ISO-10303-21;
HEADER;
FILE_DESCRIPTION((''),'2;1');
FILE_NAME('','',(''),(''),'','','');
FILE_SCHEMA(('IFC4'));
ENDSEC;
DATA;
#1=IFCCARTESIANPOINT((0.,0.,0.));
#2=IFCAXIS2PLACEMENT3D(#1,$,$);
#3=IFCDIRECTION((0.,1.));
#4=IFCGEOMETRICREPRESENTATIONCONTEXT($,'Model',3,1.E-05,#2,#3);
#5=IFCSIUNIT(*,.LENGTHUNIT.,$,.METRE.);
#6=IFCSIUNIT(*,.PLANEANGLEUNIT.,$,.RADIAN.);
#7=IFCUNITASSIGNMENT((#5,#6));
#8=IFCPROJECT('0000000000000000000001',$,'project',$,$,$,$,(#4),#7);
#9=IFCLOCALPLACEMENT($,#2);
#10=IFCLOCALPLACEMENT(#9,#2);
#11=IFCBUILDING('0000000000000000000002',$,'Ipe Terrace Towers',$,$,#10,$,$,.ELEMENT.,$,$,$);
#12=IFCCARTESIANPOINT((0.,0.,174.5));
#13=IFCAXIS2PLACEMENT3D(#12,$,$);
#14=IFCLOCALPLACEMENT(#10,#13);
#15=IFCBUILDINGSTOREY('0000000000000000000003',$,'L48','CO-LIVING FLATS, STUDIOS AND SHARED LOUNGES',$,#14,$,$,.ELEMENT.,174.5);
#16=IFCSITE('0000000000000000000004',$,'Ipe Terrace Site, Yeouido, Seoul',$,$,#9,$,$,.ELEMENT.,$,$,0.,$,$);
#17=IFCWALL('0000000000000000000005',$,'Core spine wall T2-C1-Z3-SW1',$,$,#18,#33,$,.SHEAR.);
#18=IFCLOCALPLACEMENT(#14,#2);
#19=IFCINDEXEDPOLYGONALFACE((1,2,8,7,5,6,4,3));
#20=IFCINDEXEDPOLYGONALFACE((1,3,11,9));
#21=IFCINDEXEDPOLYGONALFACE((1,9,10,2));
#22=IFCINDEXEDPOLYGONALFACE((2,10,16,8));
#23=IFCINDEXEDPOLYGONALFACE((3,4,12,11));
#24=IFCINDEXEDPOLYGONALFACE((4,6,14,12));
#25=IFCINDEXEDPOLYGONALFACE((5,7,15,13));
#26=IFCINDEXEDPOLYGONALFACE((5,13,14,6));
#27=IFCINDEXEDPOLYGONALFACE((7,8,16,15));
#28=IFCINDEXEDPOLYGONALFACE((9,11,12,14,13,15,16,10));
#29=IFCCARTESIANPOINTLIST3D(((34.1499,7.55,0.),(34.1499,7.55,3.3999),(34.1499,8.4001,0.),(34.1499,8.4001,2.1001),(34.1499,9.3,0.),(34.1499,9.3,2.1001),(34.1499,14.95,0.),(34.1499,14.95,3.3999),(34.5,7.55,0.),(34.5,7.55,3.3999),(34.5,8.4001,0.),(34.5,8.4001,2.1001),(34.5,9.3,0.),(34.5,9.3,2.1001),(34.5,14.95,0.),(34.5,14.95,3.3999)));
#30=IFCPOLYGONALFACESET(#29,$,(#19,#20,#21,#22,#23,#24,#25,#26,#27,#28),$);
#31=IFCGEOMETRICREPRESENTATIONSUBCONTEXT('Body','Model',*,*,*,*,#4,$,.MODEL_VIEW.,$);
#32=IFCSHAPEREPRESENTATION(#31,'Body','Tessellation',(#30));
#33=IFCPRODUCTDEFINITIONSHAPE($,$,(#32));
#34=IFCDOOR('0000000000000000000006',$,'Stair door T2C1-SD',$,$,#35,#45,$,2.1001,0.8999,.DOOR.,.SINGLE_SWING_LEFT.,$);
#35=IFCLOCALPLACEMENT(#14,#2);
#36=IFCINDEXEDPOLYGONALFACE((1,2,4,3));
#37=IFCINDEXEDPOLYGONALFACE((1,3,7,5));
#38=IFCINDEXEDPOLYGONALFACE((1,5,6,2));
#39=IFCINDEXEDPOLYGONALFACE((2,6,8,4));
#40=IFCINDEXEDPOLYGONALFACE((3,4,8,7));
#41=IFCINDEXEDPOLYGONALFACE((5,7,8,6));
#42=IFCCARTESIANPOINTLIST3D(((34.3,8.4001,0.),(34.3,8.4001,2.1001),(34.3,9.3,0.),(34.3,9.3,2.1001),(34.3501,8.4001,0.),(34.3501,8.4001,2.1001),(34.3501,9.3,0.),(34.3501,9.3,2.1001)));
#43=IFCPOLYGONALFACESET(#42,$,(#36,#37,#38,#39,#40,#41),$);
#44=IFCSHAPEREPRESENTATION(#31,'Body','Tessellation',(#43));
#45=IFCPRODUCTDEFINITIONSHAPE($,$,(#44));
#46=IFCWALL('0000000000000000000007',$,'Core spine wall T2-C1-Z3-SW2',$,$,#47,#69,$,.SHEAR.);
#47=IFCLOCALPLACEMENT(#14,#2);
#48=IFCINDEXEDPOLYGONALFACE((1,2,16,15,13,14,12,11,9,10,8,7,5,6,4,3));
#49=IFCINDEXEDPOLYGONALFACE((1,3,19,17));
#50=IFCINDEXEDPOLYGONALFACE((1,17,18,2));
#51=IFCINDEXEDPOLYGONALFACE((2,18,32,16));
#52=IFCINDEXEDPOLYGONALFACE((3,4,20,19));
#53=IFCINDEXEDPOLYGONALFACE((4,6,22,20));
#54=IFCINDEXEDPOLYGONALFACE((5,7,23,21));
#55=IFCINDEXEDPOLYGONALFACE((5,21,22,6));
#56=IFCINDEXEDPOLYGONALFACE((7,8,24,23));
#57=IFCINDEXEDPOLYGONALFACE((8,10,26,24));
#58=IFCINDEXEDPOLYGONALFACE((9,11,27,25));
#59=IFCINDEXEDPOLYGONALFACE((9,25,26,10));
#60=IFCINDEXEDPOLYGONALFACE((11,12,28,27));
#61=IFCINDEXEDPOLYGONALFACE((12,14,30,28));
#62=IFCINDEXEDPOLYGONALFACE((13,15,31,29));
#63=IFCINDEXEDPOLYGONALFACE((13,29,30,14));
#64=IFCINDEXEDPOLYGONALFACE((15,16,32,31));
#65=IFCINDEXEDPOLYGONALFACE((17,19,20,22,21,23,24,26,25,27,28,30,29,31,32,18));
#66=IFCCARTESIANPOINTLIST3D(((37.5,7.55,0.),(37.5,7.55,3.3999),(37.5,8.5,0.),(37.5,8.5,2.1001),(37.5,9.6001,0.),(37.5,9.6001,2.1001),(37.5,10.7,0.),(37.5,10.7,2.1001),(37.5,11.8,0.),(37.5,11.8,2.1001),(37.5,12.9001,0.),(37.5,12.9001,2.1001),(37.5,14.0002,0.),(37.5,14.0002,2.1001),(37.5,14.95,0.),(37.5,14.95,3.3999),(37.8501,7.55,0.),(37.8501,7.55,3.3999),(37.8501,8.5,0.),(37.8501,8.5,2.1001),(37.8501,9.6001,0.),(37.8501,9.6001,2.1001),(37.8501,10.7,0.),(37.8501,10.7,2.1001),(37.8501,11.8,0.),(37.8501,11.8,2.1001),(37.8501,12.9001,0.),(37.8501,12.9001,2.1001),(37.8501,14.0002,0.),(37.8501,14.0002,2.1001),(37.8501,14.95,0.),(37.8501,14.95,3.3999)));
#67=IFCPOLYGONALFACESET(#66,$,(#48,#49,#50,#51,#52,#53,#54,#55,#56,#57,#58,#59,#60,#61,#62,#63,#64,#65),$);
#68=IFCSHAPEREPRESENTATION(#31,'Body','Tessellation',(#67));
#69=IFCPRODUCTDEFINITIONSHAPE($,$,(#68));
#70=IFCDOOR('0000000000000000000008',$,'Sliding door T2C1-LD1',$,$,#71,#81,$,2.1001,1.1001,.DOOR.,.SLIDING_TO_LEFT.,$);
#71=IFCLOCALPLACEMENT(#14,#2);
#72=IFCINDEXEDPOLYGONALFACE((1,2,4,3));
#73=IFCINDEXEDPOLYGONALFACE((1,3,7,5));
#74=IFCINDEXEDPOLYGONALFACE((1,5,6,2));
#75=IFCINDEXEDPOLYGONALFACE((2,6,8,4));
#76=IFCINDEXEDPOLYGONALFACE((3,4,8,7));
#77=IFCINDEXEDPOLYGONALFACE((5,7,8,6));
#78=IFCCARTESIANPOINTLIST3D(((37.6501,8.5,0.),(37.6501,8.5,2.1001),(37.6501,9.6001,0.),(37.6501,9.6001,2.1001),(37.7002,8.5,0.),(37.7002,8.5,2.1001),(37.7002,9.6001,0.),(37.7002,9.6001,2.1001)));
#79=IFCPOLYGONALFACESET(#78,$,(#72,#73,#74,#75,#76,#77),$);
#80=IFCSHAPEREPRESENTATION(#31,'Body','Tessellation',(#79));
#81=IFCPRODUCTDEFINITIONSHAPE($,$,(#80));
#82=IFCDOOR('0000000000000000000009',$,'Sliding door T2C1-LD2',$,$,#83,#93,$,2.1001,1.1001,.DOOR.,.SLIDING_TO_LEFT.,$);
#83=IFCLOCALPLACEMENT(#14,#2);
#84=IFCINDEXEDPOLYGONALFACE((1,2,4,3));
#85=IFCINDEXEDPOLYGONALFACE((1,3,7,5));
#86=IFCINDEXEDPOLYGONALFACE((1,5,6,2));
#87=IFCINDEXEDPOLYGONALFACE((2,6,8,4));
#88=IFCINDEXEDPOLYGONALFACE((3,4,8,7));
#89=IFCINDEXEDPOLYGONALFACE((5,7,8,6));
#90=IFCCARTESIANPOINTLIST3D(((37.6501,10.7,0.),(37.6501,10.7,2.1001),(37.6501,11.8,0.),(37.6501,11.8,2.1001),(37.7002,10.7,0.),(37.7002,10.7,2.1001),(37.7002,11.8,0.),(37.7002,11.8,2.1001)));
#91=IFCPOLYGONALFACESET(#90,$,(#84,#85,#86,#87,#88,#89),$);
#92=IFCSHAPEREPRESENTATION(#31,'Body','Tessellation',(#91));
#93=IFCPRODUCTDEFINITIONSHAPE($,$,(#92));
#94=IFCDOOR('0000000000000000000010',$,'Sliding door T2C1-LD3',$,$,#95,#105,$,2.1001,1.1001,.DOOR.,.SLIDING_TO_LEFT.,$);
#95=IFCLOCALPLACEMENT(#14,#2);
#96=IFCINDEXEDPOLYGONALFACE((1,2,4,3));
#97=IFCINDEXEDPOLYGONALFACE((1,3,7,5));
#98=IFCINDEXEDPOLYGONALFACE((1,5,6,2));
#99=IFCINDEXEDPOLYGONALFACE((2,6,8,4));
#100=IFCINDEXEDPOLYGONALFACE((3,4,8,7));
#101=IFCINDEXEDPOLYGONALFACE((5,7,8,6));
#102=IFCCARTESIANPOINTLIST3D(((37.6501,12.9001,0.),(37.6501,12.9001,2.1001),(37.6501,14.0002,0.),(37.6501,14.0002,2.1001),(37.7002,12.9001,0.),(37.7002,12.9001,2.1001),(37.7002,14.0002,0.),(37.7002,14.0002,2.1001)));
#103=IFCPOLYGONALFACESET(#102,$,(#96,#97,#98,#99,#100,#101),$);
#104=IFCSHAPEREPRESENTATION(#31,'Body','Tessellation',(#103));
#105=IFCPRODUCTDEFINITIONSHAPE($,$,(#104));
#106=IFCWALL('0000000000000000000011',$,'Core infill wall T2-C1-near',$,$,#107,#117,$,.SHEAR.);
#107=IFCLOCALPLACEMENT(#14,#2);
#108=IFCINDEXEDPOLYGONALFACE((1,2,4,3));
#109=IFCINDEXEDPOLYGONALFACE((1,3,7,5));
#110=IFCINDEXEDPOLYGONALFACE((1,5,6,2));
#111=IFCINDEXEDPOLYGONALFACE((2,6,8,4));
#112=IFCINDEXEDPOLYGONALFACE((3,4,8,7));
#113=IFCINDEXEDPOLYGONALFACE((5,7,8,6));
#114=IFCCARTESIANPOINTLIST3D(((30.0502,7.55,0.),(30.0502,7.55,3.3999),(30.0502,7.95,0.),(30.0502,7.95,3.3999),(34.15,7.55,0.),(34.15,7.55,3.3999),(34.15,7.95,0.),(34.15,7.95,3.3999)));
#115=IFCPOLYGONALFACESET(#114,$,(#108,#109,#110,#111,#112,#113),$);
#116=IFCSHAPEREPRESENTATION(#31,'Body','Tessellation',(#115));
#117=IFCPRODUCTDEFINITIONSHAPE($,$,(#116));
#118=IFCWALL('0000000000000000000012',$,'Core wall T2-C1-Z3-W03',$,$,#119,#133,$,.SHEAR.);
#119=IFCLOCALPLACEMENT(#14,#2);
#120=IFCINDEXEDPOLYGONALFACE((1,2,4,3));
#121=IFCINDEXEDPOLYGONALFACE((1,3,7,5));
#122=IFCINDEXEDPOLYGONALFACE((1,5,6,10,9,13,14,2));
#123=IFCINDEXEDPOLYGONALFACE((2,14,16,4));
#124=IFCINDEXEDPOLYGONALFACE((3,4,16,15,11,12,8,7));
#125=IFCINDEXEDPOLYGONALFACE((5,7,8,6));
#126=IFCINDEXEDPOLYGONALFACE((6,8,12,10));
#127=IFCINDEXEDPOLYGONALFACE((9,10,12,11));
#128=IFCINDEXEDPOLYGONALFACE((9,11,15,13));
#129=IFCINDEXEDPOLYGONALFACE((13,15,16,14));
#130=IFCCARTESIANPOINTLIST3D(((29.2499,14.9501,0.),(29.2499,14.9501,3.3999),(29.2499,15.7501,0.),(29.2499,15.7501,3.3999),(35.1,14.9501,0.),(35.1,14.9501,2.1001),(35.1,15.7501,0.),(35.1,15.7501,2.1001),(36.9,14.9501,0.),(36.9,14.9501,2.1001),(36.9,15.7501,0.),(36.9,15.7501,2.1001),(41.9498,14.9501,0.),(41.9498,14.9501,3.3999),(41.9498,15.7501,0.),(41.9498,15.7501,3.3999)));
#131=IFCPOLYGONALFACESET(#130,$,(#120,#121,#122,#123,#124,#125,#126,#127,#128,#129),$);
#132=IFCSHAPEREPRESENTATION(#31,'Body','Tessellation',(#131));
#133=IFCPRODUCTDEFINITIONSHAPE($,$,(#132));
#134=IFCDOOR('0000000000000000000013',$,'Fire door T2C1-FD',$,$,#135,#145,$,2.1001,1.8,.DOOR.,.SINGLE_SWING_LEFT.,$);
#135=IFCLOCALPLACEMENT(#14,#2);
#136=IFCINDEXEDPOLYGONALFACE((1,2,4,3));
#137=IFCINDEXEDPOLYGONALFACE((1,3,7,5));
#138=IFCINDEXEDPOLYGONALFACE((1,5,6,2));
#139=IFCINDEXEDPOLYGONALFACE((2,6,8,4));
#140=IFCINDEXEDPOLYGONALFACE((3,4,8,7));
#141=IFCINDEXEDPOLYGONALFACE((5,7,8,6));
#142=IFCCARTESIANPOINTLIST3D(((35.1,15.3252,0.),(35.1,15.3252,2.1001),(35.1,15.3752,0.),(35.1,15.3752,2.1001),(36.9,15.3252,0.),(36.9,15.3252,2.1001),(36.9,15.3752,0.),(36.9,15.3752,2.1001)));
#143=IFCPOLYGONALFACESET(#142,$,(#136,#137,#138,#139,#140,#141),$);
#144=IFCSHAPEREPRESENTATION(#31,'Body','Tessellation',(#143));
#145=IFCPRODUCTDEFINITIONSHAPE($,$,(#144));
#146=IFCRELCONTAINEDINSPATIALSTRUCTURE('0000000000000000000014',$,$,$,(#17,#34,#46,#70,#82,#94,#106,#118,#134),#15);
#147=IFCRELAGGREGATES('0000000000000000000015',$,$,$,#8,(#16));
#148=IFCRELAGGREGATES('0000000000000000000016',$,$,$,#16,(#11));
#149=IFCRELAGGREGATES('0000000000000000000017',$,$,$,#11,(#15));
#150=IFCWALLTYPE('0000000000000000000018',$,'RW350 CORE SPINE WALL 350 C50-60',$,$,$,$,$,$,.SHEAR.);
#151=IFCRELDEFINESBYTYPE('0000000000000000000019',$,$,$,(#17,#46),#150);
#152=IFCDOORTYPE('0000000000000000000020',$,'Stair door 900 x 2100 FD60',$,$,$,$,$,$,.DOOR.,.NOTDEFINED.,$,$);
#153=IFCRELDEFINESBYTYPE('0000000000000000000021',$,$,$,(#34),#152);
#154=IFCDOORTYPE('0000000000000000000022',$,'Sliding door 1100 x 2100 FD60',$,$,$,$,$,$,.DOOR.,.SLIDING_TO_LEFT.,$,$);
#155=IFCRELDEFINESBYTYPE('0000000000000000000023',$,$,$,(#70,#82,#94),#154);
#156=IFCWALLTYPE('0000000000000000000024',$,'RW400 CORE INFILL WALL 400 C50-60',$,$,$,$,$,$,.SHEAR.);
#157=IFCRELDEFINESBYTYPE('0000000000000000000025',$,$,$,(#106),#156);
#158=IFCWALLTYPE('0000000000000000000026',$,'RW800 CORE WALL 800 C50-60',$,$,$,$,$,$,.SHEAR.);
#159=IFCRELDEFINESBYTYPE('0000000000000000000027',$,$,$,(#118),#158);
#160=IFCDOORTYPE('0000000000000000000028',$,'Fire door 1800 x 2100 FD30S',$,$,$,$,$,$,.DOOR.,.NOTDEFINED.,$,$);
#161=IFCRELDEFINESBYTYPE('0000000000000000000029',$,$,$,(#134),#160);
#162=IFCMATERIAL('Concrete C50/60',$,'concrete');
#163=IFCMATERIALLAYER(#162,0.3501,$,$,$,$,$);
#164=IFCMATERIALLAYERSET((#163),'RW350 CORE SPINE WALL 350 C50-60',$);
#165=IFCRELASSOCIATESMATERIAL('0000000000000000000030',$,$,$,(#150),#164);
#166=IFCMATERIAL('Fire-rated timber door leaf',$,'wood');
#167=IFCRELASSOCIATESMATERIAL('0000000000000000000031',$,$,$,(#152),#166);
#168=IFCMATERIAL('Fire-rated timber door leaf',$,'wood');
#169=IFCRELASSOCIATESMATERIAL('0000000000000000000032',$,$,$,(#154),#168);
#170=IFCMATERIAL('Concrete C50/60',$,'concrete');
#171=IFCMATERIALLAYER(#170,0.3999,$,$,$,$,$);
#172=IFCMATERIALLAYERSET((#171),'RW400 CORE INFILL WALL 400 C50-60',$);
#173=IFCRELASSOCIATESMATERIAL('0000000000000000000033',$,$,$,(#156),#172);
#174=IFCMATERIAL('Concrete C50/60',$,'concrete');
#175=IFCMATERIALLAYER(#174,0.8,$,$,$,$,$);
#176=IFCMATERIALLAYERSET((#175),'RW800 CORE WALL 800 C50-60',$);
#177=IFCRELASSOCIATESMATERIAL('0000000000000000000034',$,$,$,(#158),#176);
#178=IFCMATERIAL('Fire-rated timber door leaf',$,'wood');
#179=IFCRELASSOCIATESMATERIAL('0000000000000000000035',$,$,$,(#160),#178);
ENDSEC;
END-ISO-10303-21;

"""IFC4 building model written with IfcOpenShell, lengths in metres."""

from ifc_helpers import new_model, si_unit, direction, frame, frame_2d, origin, place, context, subcontext, project, spatial, rectangle, extrude, material, layer, layer_set, type_object, element, fill, save


model = new_model("IFC4")

# Units and contexts
model_context = context("Model", 3, precision=1e-05, world=origin(), true_north=direction((0.0, 1.0)))
body_context = subcontext(model_context, "Body", "Model", "MODEL_VIEW")
ifc_project = project(units=[si_unit("LENGTHUNIT", "METRE"), si_unit("PLANEANGLEUNIT", "RADIAN")], contexts=[model_context])

# Site, building, storey
site_placement = place(None, origin())
site = spatial("IfcSite", under=ifc_project, at=site_placement, Name="Ipe Terrace Site, Yeouido, Seoul", CompositionType="ELEMENT", RefElevation=0.0)
building_placement = place(site_placement, origin())
building = spatial("IfcBuilding", under=site, at=building_placement, Name="Ipe Terrace Towers", CompositionType="ELEMENT")
storey_placement = place(building_placement, frame((0.0, 0.0, 174.5)))
storey = spatial("IfcBuildingStorey", under=building, at=storey_placement, Name="L48", Description="CO-LIVING FLATS, STUDIOS AND SHARED LOUNGES", CompositionType="ELEMENT", Elevation=174.5)

# Wall, opening, door
ifc_material_1 = material(Name="Concrete C50/60", Category="concrete")
ifc_layer_1 = layer(ifc_material_1, 0.3501)
ifc_layer_set_1 = layer_set([ifc_layer_1], Name="RW350 CORE SPINE WALL 350 C50-60")
wall_type_1 = type_object("IfcWallType", Name="RW350 CORE SPINE WALL 350 C50-60", PredefinedType="SHEAR", material=ifc_layer_set_1)
wall_1_placement = place(storey_placement, frame((34.325, 7.55, 0.0), z_axis=(0.0, 0.0, 1.0), x_axis=(0.0, 1.0, 0.0)))
wall_1 = element("IfcWall", 1, at=wall_1_placement, inside=storey, type_object=wall_type_1, Name="Core spine wall T2-C1-Z3-SW1", PredefinedType="SHEAR", context=body_context, shape_type="SweptSolid", body=[
    extrude(rectangle(XDim=7.3999, YDim=0.3501, at=frame_2d((3.7, 0.0))), origin(), (0.0, 0.0, 1.0), 3.3999),
])
opening_1_placement = place(wall_1_placement, frame((0.8501, 0.0, 0.0)))
opening_1 = element("IfcOpeningElement", 2, at=opening_1_placement, cuts=wall_1, PredefinedType="OPENING", context=body_context, shape_type="SweptSolid", body=[
    extrude(rectangle(XDim=0.8999, YDim=2.1001, at=frame_2d((0.45, 1.05))), frame((0.0, 0.1851, 0.0), z_axis=(0.0, -1.0, 0.0), x_axis=(1.0, 0.0, 0.0)), (0.0, 0.0, 1.0), 0.3701),
])
ifc_material_2 = material(Name="Fire-rated timber door leaf", Category="wood")
door_type_1 = type_object("IfcDoorType", Name="Stair door 900 x 2100 FD60", OperationType="NOTDEFINED", PredefinedType="DOOR", material=ifc_material_2)
door_1_placement = place(opening_1_placement, origin())
door_1 = element("IfcDoor", 3, at=door_1_placement, inside=storey, type_object=door_type_1, Name="Stair door T2C1-SD", OperationType="SINGLE_SWING_LEFT", OverallHeight=2.1001, OverallWidth=0.8999, PredefinedType="DOOR", context=body_context, shape_type="SweptSolid", body=[
    extrude(rectangle(XDim=0.8999, YDim=2.1001, at=frame_2d((0.45, 1.05))), frame((0.0, 0.0249, 0.0), z_axis=(0.0, -1.0, 0.0), x_axis=(1.0, 0.0, 0.0)), (0.0, 0.0, 1.0), 0.05),
])
fill(opening_1, door_1)

# Wall, openings, doors
wall_2_placement = place(storey_placement, frame((37.675, 7.55, 0.0), z_axis=(0.0, 0.0, 1.0), x_axis=(0.0, 1.0, 0.0)))
wall_2 = element("IfcWall", 4, at=wall_2_placement, inside=storey, type_object=wall_type_1, Name="Core spine wall T2-C1-Z3-SW2", PredefinedType="SHEAR", context=body_context, shape_type="SweptSolid", body=[
    extrude(rectangle(XDim=7.3999, YDim=0.3501, at=frame_2d((3.7, 0.0))), origin(), (0.0, 0.0, 1.0), 3.3999),
])
opening_2_placement = place(wall_2_placement, frame((0.95, 0.0, 0.0)))
opening_2 = element("IfcOpeningElement", 5, at=opening_2_placement, cuts=wall_2, PredefinedType="OPENING", context=body_context, shape_type="SweptSolid", body=[
    extrude(rectangle(XDim=1.1001, YDim=2.1001, at=frame_2d((0.55, 1.05))), frame((0.0, 0.1851, 0.0), z_axis=(0.0, -1.0, 0.0), x_axis=(1.0, 0.0, 0.0)), (0.0, 0.0, 1.0), 0.3701),
])
opening_3_placement = place(wall_2_placement, frame((3.1499, 0.0, 0.0)))
opening_3 = element("IfcOpeningElement", 6, at=opening_3_placement, cuts=wall_2, PredefinedType="OPENING", context=body_context, shape_type="SweptSolid", body=[
    extrude(rectangle(XDim=1.1001, YDim=2.1001, at=frame_2d((0.55, 1.05))), frame((0.0, 0.1851, 0.0), z_axis=(0.0, -1.0, 0.0), x_axis=(1.0, 0.0, 0.0)), (0.0, 0.0, 1.0), 0.3701),
])
opening_4_placement = place(wall_2_placement, frame((5.3501, 0.0, 0.0)))
opening_4 = element("IfcOpeningElement", 7, at=opening_4_placement, cuts=wall_2, PredefinedType="OPENING", context=body_context, shape_type="SweptSolid", body=[
    extrude(rectangle(XDim=1.1001, YDim=2.1001, at=frame_2d((0.55, 1.05))), frame((0.0, 0.1851, 0.0), z_axis=(0.0, -1.0, 0.0), x_axis=(1.0, 0.0, 0.0)), (0.0, 0.0, 1.0), 0.3701),
])
ifc_material_3 = material(Name="Fire-rated timber door leaf", Category="wood")
door_type_2 = type_object("IfcDoorType", Name="Sliding door 1100 x 2100 FD60", OperationType="SLIDING_TO_LEFT", PredefinedType="DOOR", material=ifc_material_3)
door_2_placement = place(opening_2_placement, origin())
door_2 = element("IfcDoor", 8, at=door_2_placement, inside=storey, type_object=door_type_2, Name="Sliding door T2C1-LD1", OperationType="SLIDING_TO_LEFT", OverallHeight=2.1001, OverallWidth=1.1001, PredefinedType="DOOR", context=body_context, shape_type="SweptSolid", body=[
    extrude(rectangle(XDim=1.1001, YDim=2.1001, at=frame_2d((0.55, 1.05))), frame((0.0, 0.0249, 0.0), z_axis=(0.0, -1.0, 0.0), x_axis=(1.0, 0.0, 0.0)), (0.0, 0.0, 1.0), 0.05),
])
fill(opening_2, door_2)
door_3_placement = place(opening_3_placement, origin())
door_3 = element("IfcDoor", 9, at=door_3_placement, inside=storey, type_object=door_type_2, Name="Sliding door T2C1-LD2", OperationType="SLIDING_TO_LEFT", OverallHeight=2.1001, OverallWidth=1.1001, PredefinedType="DOOR", context=body_context, shape_type="SweptSolid", body=[
    extrude(rectangle(XDim=1.1001, YDim=2.1001, at=frame_2d((0.55, 1.05))), frame((0.0, 0.0249, 0.0), z_axis=(0.0, -1.0, 0.0), x_axis=(1.0, 0.0, 0.0)), (0.0, 0.0, 1.0), 0.05),
])
fill(opening_3, door_3)
door_4_placement = place(opening_4_placement, origin())
door_4 = element("IfcDoor", 10, at=door_4_placement, inside=storey, type_object=door_type_2, Name="Sliding door T2C1-LD3", OperationType="SLIDING_TO_LEFT", OverallHeight=2.1001, OverallWidth=1.1001, PredefinedType="DOOR", context=body_context, shape_type="SweptSolid", body=[
    extrude(rectangle(XDim=1.1001, YDim=2.1001, at=frame_2d((0.55, 1.05))), frame((0.0, 0.0249, 0.0), z_axis=(0.0, -1.0, 0.0), x_axis=(1.0, 0.0, 0.0)), (0.0, 0.0, 1.0), 0.05),
])
fill(opening_4, door_4)

# Wall
ifc_material_4 = material(Name="Concrete C50/60", Category="concrete")
ifc_layer_2 = layer(ifc_material_4, 0.3999)
ifc_layer_set_2 = layer_set([ifc_layer_2], Name="RW400 CORE INFILL WALL 400 C50-60")
wall_type_2 = type_object("IfcWallType", Name="RW400 CORE INFILL WALL 400 C50-60", PredefinedType="SHEAR", material=ifc_layer_set_2)
wall_3_placement = place(storey_placement, frame((34.1499, 7.75, 0.0), z_axis=(0.0, 0.0, 1.0), x_axis=(-1.0, 0.0, 0.0)))
element("IfcWall", 11, at=wall_3_placement, inside=storey, type_object=wall_type_2, Name="Core infill wall T2-C1-near", PredefinedType="SHEAR", context=body_context, shape_type="SweptSolid", body=[
    extrude(rectangle(XDim=4.0999, YDim=0.3999, at=frame_2d((2.0498, 0.0))), origin(), (0.0, 0.0, 1.0), 3.3999),
])

# Wall, opening, door
ifc_material_5 = material(Name="Concrete C50/60", Category="concrete")
ifc_layer_3 = layer(ifc_material_5, 0.8)
ifc_layer_set_3 = layer_set([ifc_layer_3], Name="RW800 CORE WALL 800 C50-60")
wall_type_3 = type_object("IfcWallType", Name="RW800 CORE WALL 800 C50-60", PredefinedType="SHEAR", material=ifc_layer_set_3)
wall_4_placement = place(storey_placement, frame((41.95, 15.3501, 0.0), z_axis=(0.0, 0.0, 1.0), x_axis=(-1.0, 0.0, 0.0)))
wall_4 = element("IfcWall", 12, at=wall_4_placement, inside=storey, type_object=wall_type_3, Name="Core wall T2-C1-Z3-W03", PredefinedType="SHEAR", context=body_context, shape_type="SweptSolid", body=[
    extrude(rectangle(XDim=12.7, YDim=0.8, at=frame_2d((6.3501, 0.0))), origin(), (0.0, 0.0, 1.0), 3.3999),
])
opening_5_placement = place(wall_4_placement, frame((5.05, 0.0, 0.0)))
opening_5 = element("IfcOpeningElement", 13, at=opening_5_placement, cuts=wall_4, PredefinedType="OPENING", context=body_context, shape_type="SweptSolid", body=[
    extrude(rectangle(XDim=1.8, YDim=2.1001, at=frame_2d((0.8999, 1.05))), frame((0.0, 0.4102, 0.0), z_axis=(0.0, -1.0, 0.0), x_axis=(1.0, 0.0, 0.0)), (0.0, 0.0, 1.0), 0.8201),
])
ifc_material_6 = material(Name="Fire-rated timber door leaf", Category="wood")
door_type_3 = type_object("IfcDoorType", Name="Fire door 1800 x 2100 FD30S", OperationType="NOTDEFINED", PredefinedType="DOOR", material=ifc_material_6)
door_5_placement = place(opening_5_placement, origin())
door_5 = element("IfcDoor", 14, at=door_5_placement, inside=storey, type_object=door_type_3, Name="Fire door T2C1-FD", OperationType="SINGLE_SWING_LEFT", OverallHeight=2.1001, OverallWidth=1.8, PredefinedType="DOOR", context=body_context, shape_type="SweptSolid", body=[
    extrude(rectangle(XDim=1.8, YDim=2.1001, at=frame_2d((0.8999, 1.05))), frame((0.0, 0.0249, 0.0), z_axis=(0.0, -1.0, 0.0), x_axis=(1.0, 0.0, 0.0)), (0.0, 0.0, 1.0), 0.05),
])
fill(opening_5, door_5)

save(model, "model.ifc")
